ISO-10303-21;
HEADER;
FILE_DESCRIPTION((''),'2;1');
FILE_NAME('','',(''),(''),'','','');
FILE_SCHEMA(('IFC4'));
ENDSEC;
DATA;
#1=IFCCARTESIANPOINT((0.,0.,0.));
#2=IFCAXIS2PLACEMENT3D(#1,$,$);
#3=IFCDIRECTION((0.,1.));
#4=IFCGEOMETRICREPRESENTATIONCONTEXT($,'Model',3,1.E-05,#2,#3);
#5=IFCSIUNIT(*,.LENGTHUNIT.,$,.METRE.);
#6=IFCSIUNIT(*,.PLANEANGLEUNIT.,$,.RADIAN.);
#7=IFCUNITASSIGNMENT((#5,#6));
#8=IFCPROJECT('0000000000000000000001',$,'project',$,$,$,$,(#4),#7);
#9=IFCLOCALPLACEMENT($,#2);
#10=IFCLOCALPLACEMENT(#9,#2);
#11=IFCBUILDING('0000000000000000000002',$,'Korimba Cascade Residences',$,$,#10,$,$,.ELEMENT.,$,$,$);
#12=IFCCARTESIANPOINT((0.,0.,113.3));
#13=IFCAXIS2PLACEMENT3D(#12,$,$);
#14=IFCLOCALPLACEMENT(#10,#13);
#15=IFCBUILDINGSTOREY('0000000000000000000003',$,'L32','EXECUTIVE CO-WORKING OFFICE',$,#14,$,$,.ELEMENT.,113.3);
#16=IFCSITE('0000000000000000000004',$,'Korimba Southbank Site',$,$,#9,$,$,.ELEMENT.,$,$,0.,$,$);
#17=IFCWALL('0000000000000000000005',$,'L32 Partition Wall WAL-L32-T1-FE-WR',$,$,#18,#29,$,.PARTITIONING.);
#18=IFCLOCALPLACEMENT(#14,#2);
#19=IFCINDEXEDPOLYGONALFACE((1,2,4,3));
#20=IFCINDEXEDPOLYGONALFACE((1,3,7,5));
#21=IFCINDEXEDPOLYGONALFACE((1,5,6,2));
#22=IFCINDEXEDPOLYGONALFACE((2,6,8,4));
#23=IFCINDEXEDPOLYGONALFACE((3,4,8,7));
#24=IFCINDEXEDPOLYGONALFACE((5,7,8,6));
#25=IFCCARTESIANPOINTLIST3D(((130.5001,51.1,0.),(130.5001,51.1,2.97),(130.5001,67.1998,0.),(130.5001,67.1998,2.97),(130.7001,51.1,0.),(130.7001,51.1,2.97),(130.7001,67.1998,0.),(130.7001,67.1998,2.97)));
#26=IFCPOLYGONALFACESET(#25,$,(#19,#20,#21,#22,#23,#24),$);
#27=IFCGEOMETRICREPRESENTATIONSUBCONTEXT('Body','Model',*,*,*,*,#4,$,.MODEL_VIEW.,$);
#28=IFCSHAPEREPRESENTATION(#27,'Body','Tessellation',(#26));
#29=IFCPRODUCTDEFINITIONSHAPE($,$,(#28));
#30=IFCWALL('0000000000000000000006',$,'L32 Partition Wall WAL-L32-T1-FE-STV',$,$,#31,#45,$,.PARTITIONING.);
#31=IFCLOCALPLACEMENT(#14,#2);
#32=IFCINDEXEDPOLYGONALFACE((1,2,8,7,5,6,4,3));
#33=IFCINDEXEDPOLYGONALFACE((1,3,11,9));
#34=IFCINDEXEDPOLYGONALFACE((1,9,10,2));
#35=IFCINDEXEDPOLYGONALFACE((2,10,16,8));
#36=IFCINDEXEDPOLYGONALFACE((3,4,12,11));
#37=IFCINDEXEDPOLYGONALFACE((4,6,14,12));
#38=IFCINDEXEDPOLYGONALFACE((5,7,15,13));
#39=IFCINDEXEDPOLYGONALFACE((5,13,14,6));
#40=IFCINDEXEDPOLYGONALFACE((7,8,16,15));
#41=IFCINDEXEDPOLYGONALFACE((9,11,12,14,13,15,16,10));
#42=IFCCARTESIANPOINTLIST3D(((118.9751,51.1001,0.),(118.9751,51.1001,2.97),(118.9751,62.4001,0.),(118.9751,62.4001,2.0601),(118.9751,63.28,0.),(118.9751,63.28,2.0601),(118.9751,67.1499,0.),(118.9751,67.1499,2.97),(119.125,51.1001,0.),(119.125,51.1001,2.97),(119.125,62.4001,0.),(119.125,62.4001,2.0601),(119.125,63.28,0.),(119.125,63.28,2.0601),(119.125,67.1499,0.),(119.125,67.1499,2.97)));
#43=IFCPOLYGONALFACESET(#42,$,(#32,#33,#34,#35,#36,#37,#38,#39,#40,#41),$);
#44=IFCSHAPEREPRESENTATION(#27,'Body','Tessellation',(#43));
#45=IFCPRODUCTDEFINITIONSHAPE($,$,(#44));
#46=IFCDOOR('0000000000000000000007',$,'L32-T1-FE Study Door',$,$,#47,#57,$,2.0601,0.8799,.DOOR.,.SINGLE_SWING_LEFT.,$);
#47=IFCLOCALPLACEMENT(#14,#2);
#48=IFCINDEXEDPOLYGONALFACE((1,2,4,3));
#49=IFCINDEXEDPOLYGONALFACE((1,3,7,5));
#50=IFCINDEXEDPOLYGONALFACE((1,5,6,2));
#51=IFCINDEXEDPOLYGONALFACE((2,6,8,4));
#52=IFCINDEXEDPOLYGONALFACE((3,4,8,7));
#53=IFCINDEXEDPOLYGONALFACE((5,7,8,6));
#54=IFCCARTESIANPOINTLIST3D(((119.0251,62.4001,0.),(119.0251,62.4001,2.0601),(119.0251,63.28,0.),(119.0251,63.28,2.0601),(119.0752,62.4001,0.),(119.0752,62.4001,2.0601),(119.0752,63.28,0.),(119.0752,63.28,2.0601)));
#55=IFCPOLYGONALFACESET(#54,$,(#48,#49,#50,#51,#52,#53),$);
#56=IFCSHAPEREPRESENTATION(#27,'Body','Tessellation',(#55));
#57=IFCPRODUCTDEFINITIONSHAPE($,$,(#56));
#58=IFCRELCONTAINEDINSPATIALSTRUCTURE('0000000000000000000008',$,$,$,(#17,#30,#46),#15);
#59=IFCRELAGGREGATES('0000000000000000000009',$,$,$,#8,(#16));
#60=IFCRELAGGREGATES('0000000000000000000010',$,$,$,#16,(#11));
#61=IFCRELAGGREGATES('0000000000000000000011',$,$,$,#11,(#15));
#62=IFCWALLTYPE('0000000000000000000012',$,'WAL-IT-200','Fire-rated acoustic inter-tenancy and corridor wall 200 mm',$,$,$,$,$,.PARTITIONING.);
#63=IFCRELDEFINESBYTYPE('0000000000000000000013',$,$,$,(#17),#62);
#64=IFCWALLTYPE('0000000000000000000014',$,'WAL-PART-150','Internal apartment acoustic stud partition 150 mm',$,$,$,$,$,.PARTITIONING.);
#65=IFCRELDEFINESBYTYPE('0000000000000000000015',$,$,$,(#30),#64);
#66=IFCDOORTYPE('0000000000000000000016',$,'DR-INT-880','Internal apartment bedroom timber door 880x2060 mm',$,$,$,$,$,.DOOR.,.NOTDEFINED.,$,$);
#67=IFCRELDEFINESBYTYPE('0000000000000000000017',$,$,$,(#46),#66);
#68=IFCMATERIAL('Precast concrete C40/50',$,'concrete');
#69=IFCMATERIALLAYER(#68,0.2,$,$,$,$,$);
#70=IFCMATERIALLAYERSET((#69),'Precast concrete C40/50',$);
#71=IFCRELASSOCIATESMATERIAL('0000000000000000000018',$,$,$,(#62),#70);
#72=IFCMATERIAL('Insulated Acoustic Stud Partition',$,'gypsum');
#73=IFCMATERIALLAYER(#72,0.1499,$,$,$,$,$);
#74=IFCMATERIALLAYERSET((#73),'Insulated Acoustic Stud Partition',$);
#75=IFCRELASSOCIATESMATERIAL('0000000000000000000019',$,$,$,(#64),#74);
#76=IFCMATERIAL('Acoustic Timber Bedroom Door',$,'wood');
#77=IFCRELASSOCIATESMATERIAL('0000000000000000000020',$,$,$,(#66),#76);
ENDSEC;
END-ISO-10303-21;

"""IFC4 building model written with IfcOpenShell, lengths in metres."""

from ifc_helpers import new_model, si_unit, direction, frame, frame_2d, origin, place, context, subcontext, project, spatial, rectangle, extrude, material, layer, layer_set, type_object, element, fill, save


model = new_model("IFC4")

# Units and contexts
model_context = context("Model", 3, precision=1e-05, world=origin(), true_north=direction((0.0, 1.0)))
body_context = subcontext(model_context, "Body", "Model", "MODEL_VIEW")
ifc_project = project(units=[si_unit("LENGTHUNIT", "METRE"), si_unit("PLANEANGLEUNIT", "RADIAN")], contexts=[model_context])

# Site, building, storey
site_placement = place(None, origin())
site = spatial("IfcSite", under=ifc_project, at=site_placement, Name="Korimba Southbank Site", CompositionType="ELEMENT", RefElevation=0.0)
building_placement = place(site_placement, origin())
building = spatial("IfcBuilding", under=site, at=building_placement, Name="Korimba Cascade Residences", CompositionType="ELEMENT")
storey_placement = place(building_placement, frame((0.0, 0.0, 113.3)))
storey = spatial("IfcBuildingStorey", under=building, at=storey_placement, Name="L32", Description="EXECUTIVE CO-WORKING OFFICE", CompositionType="ELEMENT", Elevation=113.3)

# Shared definitions
ifc_material_1 = material(Name="Precast concrete C40/50", Category="concrete")

# Wall
ifc_layer_1 = layer(ifc_material_1, 0.2)
ifc_layer_set_1 = layer_set([ifc_layer_1], Name="Precast concrete C40/50")
wall_type_1 = type_object("IfcWallType", Name="WAL-IT-200", Description="Fire-rated acoustic inter-tenancy and corridor wall 200 mm", PredefinedType="PARTITIONING", material=ifc_layer_set_1)
wall_1_placement = place(storey_placement, frame((130.6001, 51.1001, 0.0), z_axis=(0.0, 0.0, 1.0), x_axis=(0.0, 1.0, 0.0)))
element("IfcWall", 1, at=wall_1_placement, inside=storey, type_object=wall_type_1, Name="L32 Partition Wall WAL-L32-T1-FE-WR", PredefinedType="PARTITIONING", context=body_context, shape_type="SweptSolid", body=[
    extrude(rectangle(XDim=16.0999, YDim=0.2, at=frame_2d((8.0498, 0.0))), origin(), (0.0, 0.0, 1.0), 2.97),
])

# Wall, opening, door
ifc_material_2 = material(Name="Insulated Acoustic Stud Partition", Category="gypsum")
ifc_layer_2 = layer(ifc_material_2, 0.1499)
ifc_layer_set_2 = layer_set([ifc_layer_2], Name="Insulated Acoustic Stud Partition")
wall_type_2 = type_object("IfcWallType", Name="WAL-PART-150", Description="Internal apartment acoustic stud partition 150 mm", PredefinedType="PARTITIONING", material=ifc_layer_set_2)
wall_2_placement = place(storey_placement, frame((119.05, 51.1001, 0.0), z_axis=(0.0, 0.0, 1.0), x_axis=(0.0, 1.0, 0.0)))
wall_2 = element("IfcWall", 2, at=wall_2_placement, inside=storey, type_object=wall_type_2, Name="L32 Partition Wall WAL-L32-T1-FE-STV", PredefinedType="PARTITIONING", context=body_context, shape_type="SweptSolid", body=[
    extrude(rectangle(XDim=16.0498, YDim=0.1499, at=frame_2d((8.0249, 0.0))), origin(), (0.0, 0.0, 1.0), 2.97),
])
opening_1_placement = place(wall_2_placement, frame((11.3, 0.0, 0.0)))
opening_1 = element("IfcOpeningElement", 3, at=opening_1_placement, cuts=wall_2, PredefinedType="OPENING", context=body_context, shape_type="SweptSolid", body=[
    extrude(rectangle(XDim=0.8799, YDim=2.0601, at=frame_2d((0.4399, 1.03))), frame((0.0, 0.085, 0.0), z_axis=(0.0, -1.0, 0.0), x_axis=(1.0, 0.0, 0.0)), (0.0, 0.0, 1.0), 0.1699),
])
ifc_material_3 = material(Name="Acoustic Timber Bedroom Door", Category="wood")
door_type = type_object("IfcDoorType", Name="DR-INT-880", Description="Internal apartment bedroom timber door 880x2060 mm", OperationType="NOTDEFINED", PredefinedType="DOOR", material=ifc_material_3)
door_placement = place(opening_1_placement, origin())
door = element("IfcDoor", 4, at=door_placement, inside=storey, type_object=door_type, Name="L32-T1-FE Study Door", OperationType="SINGLE_SWING_LEFT", OverallHeight=2.0601, OverallWidth=0.8799, PredefinedType="DOOR", context=body_context, shape_type="SweptSolid", body=[
    extrude(rectangle(XDim=0.8799, YDim=2.0601, at=frame_2d((0.4399, 1.03))), frame((0.0, 0.0249, 0.0), z_axis=(0.0, -1.0, 0.0), x_axis=(1.0, 0.0, 0.0)), (0.0, 0.0, 1.0), 0.05),
])
fill(opening_1, door)

save(model, "model.ifc")
